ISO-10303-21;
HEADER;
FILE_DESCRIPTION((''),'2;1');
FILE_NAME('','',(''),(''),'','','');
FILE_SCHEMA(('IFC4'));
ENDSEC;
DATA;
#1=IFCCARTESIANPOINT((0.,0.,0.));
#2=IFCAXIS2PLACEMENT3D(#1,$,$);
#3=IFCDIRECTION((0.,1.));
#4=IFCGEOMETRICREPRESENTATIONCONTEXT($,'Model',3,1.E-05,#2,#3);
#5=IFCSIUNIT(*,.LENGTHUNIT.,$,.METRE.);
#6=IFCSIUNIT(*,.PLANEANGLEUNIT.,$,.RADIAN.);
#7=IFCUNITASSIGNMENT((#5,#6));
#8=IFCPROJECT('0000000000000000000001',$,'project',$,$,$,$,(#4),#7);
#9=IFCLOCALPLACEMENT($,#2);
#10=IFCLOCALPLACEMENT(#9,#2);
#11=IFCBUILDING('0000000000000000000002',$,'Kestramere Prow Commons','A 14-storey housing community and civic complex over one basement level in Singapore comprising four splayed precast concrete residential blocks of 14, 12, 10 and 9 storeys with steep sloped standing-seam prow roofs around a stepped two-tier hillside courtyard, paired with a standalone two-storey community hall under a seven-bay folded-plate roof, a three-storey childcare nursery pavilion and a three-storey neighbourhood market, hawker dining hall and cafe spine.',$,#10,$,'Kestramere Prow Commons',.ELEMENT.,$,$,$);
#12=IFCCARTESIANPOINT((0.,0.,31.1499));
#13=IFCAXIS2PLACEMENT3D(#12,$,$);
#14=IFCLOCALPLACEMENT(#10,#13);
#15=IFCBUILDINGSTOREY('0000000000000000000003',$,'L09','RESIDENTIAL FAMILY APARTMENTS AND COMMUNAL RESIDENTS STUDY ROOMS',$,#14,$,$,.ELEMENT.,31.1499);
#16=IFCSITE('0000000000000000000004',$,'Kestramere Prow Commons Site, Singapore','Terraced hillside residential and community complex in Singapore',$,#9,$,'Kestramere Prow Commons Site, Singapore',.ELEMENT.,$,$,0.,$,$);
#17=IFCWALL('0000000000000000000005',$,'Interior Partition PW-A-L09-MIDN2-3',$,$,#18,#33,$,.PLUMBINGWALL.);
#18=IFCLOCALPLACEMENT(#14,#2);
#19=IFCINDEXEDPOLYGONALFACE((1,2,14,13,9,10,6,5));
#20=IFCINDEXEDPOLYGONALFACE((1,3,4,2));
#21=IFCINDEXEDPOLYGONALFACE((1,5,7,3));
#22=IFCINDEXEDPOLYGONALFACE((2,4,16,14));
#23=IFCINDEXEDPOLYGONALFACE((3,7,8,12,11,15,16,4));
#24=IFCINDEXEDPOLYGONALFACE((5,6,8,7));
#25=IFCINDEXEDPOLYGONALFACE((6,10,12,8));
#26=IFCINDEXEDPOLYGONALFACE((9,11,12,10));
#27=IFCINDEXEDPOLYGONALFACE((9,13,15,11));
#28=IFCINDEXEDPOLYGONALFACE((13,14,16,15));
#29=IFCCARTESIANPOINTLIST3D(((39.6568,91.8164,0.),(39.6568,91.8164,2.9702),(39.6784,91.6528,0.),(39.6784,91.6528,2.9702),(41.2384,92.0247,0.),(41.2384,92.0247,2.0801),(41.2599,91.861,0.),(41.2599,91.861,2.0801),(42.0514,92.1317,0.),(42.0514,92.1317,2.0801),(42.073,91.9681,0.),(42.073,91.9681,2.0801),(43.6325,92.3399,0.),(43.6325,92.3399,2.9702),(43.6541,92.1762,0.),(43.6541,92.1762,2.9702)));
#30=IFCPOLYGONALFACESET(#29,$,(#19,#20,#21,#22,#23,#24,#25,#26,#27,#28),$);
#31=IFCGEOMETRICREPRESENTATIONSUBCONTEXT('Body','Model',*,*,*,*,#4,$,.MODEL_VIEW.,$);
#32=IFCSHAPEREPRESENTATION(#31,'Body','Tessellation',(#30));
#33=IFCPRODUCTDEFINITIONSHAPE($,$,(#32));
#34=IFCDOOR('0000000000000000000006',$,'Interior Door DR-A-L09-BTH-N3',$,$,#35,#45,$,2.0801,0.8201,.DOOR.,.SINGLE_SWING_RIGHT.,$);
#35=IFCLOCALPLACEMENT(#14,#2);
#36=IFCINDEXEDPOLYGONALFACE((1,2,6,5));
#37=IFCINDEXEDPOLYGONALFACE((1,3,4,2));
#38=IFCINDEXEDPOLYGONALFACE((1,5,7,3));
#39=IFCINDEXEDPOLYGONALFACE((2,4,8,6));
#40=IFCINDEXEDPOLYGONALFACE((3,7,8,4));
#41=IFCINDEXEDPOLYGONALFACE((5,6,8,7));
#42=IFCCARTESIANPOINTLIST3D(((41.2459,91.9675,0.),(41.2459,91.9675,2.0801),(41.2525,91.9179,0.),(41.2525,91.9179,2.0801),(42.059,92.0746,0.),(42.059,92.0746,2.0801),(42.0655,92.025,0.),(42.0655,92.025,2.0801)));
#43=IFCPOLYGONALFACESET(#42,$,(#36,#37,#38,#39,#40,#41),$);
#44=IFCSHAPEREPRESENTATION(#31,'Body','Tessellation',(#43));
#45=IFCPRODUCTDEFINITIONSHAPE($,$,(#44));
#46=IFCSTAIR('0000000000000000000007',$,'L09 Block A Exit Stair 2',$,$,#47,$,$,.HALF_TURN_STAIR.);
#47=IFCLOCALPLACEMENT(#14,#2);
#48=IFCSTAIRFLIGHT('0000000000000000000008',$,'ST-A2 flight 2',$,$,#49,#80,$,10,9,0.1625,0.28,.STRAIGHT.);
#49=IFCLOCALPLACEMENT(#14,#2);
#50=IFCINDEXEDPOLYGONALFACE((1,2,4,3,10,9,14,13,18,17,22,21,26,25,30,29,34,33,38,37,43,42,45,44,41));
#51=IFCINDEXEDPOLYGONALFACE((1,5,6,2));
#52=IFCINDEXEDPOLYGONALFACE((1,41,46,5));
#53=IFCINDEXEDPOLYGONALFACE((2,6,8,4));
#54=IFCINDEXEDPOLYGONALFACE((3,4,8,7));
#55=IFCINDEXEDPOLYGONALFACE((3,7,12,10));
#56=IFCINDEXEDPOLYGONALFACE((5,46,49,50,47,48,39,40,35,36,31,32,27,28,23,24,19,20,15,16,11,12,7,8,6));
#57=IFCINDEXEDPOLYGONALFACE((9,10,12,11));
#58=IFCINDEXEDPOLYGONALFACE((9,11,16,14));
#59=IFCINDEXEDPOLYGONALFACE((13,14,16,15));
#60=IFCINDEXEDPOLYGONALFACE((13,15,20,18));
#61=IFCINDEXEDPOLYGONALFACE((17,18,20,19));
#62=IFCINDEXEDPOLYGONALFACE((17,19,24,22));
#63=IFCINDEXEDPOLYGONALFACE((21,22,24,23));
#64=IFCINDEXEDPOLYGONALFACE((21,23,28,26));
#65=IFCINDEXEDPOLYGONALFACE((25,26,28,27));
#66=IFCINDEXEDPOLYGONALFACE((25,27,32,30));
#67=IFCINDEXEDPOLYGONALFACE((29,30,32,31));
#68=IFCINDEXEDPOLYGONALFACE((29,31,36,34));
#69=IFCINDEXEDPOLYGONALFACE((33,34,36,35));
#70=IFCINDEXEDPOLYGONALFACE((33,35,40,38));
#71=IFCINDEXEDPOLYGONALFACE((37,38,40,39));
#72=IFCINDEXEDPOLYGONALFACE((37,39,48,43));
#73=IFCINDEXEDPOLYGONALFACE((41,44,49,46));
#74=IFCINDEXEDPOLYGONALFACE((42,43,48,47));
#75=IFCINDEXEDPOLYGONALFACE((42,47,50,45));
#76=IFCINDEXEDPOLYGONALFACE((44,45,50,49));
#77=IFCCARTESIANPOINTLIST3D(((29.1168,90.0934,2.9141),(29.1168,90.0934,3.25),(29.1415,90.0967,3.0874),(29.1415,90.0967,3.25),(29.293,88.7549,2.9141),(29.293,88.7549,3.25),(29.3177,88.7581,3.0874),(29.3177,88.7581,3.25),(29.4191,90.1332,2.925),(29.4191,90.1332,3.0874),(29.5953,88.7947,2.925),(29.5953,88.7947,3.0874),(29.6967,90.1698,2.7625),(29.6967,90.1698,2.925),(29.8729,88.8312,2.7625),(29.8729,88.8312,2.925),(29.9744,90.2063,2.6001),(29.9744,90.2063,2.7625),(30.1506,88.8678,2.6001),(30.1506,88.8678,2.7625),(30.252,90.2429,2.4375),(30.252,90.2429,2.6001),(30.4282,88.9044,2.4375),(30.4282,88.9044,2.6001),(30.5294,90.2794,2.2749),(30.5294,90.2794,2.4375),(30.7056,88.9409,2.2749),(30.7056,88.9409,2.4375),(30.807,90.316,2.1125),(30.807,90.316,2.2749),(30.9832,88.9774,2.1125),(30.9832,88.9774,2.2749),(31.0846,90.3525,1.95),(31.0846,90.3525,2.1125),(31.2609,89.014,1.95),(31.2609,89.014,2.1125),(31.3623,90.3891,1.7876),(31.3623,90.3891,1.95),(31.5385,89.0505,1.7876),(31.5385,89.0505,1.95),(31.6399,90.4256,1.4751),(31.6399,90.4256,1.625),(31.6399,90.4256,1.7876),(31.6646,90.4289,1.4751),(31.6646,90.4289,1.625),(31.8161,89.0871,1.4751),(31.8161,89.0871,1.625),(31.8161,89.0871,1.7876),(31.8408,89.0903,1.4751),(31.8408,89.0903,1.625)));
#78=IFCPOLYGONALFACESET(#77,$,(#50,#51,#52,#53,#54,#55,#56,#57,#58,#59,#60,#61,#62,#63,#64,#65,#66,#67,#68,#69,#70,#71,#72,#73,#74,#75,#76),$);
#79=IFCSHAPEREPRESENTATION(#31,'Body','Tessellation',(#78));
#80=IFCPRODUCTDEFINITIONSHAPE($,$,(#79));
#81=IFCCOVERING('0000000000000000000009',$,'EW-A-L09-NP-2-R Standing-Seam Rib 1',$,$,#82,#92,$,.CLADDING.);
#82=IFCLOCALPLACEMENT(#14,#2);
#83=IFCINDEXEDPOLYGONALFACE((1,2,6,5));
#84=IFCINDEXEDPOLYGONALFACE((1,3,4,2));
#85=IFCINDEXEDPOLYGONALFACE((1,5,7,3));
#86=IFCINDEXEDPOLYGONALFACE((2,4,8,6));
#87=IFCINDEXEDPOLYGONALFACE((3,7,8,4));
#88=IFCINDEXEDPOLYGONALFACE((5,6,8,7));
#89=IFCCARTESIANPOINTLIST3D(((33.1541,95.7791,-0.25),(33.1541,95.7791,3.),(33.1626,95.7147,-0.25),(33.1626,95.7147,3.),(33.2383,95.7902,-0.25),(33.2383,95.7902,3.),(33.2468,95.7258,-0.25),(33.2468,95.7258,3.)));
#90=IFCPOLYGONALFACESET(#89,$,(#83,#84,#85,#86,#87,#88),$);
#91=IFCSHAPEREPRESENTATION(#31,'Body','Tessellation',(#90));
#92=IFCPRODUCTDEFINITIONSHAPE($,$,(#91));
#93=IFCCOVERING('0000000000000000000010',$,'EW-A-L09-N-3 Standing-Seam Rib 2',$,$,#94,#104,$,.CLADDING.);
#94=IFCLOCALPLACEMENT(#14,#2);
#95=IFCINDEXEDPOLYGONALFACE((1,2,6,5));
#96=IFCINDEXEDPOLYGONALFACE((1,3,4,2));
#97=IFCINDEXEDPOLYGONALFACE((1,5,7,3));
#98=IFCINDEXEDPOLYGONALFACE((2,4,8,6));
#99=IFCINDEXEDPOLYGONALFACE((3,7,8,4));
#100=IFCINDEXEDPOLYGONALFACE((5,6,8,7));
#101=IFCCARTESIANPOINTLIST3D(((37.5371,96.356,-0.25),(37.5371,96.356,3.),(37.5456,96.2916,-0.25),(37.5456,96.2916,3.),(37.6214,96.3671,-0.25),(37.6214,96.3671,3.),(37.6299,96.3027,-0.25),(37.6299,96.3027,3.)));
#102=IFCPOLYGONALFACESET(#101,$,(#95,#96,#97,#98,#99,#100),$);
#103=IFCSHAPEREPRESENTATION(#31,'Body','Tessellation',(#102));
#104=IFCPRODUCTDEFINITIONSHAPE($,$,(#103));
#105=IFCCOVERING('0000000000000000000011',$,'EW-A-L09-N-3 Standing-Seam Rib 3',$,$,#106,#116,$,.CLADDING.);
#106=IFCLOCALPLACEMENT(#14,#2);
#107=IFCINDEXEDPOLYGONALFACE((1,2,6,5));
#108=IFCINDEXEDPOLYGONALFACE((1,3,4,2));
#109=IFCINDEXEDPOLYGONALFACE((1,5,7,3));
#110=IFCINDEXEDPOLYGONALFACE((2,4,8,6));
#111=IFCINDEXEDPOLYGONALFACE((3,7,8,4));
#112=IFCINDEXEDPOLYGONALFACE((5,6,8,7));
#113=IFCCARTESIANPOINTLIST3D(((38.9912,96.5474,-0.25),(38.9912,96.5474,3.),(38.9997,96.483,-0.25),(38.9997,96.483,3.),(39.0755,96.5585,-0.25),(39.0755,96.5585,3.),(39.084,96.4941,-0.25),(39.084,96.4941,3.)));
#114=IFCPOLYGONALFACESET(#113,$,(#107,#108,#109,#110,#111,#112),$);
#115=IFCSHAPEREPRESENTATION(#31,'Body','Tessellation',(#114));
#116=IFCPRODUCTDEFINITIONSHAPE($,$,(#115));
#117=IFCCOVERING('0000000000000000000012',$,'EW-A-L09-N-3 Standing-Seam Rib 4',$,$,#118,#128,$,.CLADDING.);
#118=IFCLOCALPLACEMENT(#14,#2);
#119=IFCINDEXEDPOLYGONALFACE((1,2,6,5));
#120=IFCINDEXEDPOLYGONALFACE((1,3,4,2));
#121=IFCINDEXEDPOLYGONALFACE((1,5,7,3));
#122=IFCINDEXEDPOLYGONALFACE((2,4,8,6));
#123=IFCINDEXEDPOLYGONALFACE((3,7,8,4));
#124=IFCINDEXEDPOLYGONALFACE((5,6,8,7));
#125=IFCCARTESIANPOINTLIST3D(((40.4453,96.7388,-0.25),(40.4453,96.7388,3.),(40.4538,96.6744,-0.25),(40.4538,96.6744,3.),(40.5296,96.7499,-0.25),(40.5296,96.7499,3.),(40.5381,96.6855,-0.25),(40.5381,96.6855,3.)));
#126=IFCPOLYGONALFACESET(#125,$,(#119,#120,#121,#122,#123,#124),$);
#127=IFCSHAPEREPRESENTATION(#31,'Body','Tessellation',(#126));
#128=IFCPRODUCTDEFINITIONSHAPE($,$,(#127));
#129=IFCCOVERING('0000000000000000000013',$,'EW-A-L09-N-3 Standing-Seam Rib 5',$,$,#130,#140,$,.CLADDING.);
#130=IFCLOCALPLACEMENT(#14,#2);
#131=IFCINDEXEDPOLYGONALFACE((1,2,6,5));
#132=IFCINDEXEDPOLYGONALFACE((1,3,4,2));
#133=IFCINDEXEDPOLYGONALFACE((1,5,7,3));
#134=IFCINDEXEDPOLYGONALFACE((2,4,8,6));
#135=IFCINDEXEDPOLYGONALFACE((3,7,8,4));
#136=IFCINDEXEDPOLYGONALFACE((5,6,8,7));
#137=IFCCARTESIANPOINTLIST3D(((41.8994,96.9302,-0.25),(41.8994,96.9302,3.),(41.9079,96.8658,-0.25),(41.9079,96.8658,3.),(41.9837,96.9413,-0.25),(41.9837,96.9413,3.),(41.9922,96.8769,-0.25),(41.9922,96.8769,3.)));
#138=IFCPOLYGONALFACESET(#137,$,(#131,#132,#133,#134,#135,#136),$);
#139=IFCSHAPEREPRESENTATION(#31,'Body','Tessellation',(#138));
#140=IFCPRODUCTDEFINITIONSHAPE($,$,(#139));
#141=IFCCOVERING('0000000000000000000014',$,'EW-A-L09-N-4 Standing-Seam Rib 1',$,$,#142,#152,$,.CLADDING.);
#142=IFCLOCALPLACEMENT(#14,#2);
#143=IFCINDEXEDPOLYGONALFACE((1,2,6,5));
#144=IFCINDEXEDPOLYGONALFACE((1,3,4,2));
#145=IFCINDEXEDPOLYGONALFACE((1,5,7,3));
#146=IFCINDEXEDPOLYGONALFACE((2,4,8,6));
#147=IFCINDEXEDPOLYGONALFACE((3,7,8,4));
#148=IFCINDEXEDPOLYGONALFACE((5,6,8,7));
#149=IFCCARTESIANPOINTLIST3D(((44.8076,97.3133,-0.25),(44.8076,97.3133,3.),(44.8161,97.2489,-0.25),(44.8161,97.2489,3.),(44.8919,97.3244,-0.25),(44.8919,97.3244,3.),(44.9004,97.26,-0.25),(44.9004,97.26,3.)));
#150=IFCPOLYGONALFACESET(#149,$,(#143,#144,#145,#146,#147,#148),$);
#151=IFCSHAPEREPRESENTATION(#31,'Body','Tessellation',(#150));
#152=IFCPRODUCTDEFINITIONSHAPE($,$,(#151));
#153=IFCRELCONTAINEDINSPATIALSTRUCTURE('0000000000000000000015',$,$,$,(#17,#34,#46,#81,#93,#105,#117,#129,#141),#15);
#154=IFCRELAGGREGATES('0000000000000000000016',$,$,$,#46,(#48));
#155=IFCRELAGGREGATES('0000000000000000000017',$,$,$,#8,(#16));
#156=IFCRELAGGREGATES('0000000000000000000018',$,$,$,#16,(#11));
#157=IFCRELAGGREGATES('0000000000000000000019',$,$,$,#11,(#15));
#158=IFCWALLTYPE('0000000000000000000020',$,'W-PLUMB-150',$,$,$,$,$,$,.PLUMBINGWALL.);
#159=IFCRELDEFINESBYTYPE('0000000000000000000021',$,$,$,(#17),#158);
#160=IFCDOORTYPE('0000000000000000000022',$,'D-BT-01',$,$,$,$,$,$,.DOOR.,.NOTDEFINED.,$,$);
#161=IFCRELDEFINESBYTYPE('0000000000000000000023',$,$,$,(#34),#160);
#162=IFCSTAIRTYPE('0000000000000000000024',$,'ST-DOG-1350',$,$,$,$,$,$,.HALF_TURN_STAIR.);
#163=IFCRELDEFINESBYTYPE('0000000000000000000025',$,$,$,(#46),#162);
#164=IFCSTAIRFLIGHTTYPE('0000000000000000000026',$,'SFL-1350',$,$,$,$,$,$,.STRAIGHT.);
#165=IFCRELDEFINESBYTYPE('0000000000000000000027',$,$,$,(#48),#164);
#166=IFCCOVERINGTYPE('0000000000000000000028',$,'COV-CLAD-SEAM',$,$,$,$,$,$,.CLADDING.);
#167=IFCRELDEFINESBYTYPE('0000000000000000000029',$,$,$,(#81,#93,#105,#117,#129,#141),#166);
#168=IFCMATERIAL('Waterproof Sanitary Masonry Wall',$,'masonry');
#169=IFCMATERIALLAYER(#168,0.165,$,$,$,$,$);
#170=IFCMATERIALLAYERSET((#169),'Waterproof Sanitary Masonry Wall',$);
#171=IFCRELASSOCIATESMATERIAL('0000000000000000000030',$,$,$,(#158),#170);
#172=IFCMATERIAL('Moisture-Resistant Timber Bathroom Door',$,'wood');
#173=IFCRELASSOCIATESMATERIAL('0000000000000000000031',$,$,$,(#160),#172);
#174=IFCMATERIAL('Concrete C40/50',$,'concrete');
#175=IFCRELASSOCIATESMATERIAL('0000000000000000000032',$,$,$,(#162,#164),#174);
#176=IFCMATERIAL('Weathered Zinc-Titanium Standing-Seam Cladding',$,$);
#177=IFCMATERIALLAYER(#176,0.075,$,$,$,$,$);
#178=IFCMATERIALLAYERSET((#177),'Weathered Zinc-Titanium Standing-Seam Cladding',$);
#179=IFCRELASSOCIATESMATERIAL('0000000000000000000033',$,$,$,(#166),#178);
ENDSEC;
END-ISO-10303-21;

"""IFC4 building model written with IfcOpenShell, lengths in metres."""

from ifc_helpers import new_model, si_unit, direction, frame, frame_2d, origin, origin_2d, place, context, subcontext, project, spatial, polyline, rectangle, outline, extrude, material, layer, layer_set, type_object, element, fill, aggregate, save


model = new_model("IFC4")

# Units and contexts
model_context = context("Model", 3, precision=1e-05, world=origin(), true_north=direction((0.0, 1.0)))
body_context = subcontext(model_context, "Body", "Model", "MODEL_VIEW")
ifc_project = project(units=[si_unit("LENGTHUNIT", "METRE"), si_unit("PLANEANGLEUNIT", "RADIAN")], contexts=[model_context])

# Site, building, storey
site_placement = place(None, origin())
site = spatial("IfcSite", under=ifc_project, at=site_placement, Name="Kestramere Prow Commons Site, Singapore", Description="Terraced hillside residential and community complex in Singapore", LongName="Kestramere Prow Commons Site, Singapore", CompositionType="ELEMENT", RefElevation=0.0)
building_placement = place(site_placement, origin())
building = spatial("IfcBuilding", under=site, at=building_placement, Name="Kestramere Prow Commons", Description="A 14-storey housing community and civic complex over one basement level in Singapore comprising four splayed precast concrete residential blocks of 14, 12, 10 and 9 storeys with steep sloped standing-seam prow roofs around a stepped two-tier hillside courtyard, paired with a standalone two-storey community hall under a seven-bay folded-plate roof, a three-storey childcare nursery pavilion and a three-storey neighbourhood market, hawker dining hall and cafe spine.", LongName="Kestramere Prow Commons", CompositionType="ELEMENT")
storey_placement = place(building_placement, frame((0.0, 0.0, 31.1499)))
storey = spatial("IfcBuildingStorey", under=building, at=storey_placement, Name="L09", Description="RESIDENTIAL FAMILY APARTMENTS AND COMMUNAL RESIDENTS STUDY ROOMS", CompositionType="ELEMENT", Elevation=31.1499)

# Wall, opening, door
ifc_material_1 = material(Name="Waterproof Sanitary Masonry Wall", Category="masonry")
ifc_layer_1 = layer(ifc_material_1, 0.165)
ifc_layer_set_1 = layer_set([ifc_layer_1], Name="Waterproof Sanitary Masonry Wall")
wall_type_1 = type_object("IfcWallType", Name="W-PLUMB-150", PredefinedType="PLUMBINGWALL", material=ifc_layer_set_1)
wall_1_placement = place(storey_placement, frame((39.6677, 91.7346, 0.0), z_axis=(0.0, 0.0, 1.0), x_axis=(0.991444, 0.130536, 0.0)))
wall_1 = element("IfcWall", 1, at=wall_1_placement, inside=storey, type_object=wall_type_1, Name="Interior Partition PW-A-L09-MIDN2-3", PredefinedType="PLUMBINGWALL", context=body_context, shape_type="SweptSolid", body=[
    extrude(rectangle(XDim=4.01, YDim=0.165, at=frame_2d((2.0049, 0.0))), origin(), (0.0, 0.0, 1.0), 2.9702),
])
opening_1_placement = place(wall_1_placement, frame((1.595, 0.0, 0.0)))
opening_1 = element("IfcOpeningElement", 2, at=opening_1_placement, cuts=wall_1, PredefinedType="OPENING", context=body_context, shape_type="SweptSolid", body=[
    extrude(rectangle(XDim=0.8201, YDim=2.0801, at=frame_2d((0.4102, 1.04))), frame((0.0, 0.0974, 0.0), z_axis=(0.0, -1.0, 0.0), x_axis=(1.0, 0.0, 0.0)), (0.0, 0.0, 1.0), 0.1951),
])
ifc_material_2 = material(Name="Moisture-Resistant Timber Bathroom Door", Category="wood")
door_type_1 = type_object("IfcDoorType", Name="D-BT-01", OperationType="NOTDEFINED", PredefinedType="DOOR", material=ifc_material_2)
door_1_placement = place(opening_1_placement, origin())
door_1 = element("IfcDoor", 3, at=door_1_placement, inside=storey, type_object=door_type_1, Name="Interior Door DR-A-L09-BTH-N3", OperationType="SINGLE_SWING_RIGHT", OverallHeight=2.0801, OverallWidth=0.8201, PredefinedType="DOOR", context=body_context, shape_type="SweptSolid", body=[
    extrude(rectangle(XDim=0.8201, YDim=2.0801, at=frame_2d((0.4102, 1.04))), frame((0.0, 0.0249, 0.0), z_axis=(0.0, -1.0, 0.0), x_axis=(1.0, 0.0, 0.0)), (0.0, 0.0, 1.0), 0.05),
])
fill(opening_1, door_1)

# Stair, stair flight
ifc_material_3 = material(Name="Concrete C40/50", Category="concrete")
stair_type = type_object("IfcStairType", Name="ST-DOG-1350", PredefinedType="HALF_TURN_STAIR", material=ifc_material_3)
stair_placement = place(storey_placement, origin())
stair = element("IfcStair", 4, at=stair_placement, inside=storey, type_object=stair_type, Name="L09 Block A Exit Stair 2", PredefinedType="HALF_TURN_STAIR")
stair_flight_type = type_object("IfcStairFlightType", Name="SFL-1350", PredefinedType="STRAIGHT", material=ifc_material_3)
stair_flight_placement = place(storey_placement, frame((31.728, 89.7563, 1.625), z_axis=(0.0, 0.0, 1.0), x_axis=(-0.991445, -0.130526, 0.0)))
stair_flight = element("IfcStairFlight", 5, at=stair_flight_placement, type_object=stair_flight_type, Name="ST-A2 flight 2", NumberOfRisers=10, NumberOfTreads=9, PredefinedType="STRAIGHT", RiserHeight=0.1625, TreadLength=0.28, context=body_context, shape_type="SweptSolid", body=[
    extrude(outline(polyline([(-0.0249, 0.0), (0.0, 0.0), (0.0, 0.1626), (0.28, 0.1626), (0.28, 0.325), (0.5601, 0.325), (0.5601, 0.4875), (0.8401, 0.4875), (0.8401, 0.6499), (1.1201, 0.6499), (1.1201, 0.8125), (1.3999, 0.8125), (1.3999, 0.9751), (1.6799, 0.9751), (1.6799, 1.1375), (1.96, 1.1375), (1.96, 1.3), (2.24, 1.3), (2.24, 1.4624), (2.52, 1.4624), (2.52, 1.625), (2.5449, 1.625), (2.5449, 1.2891), (0.0, -0.1499), (-0.0249, -0.1499), (-0.0249, 0.0)])), frame((0.0, 0.675, 0.0), z_axis=(0.0, -1.0, 0.0), x_axis=(1.0, 0.0, 0.0)), (0.0, 0.0, 1.0), 1.3501),
])
aggregate(stair, [stair_flight])

# Coverings
ifc_material_4 = material(Name="Weathered Zinc-Titanium Standing-Seam Cladding")
ifc_layer_2 = layer(ifc_material_4, 0.075)
ifc_layer_set_2 = layer_set([ifc_layer_2], Name="Weathered Zinc-Titanium Standing-Seam Cladding")
covering_type = type_object("IfcCoveringType", Name="COV-CLAD-SEAM", PredefinedType="CLADDING", material=ifc_layer_set_2)
for number, where, z_axis, x_axis, name in (
    (6, (33.2004, 95.7524, -0.25), (0.0, 0.0, 1.0), (0.991445, 0.130526, 0.0), "EW-A-L09-NP-2-R Standing-Seam Rib 1"),
    (7, (37.5835, 96.3293, -0.25), (0.0, 0.0, 1.0), (0.991445, 0.130526, 0.0), "EW-A-L09-N-3 Standing-Seam Rib 2"),
    (8, (39.0376, 96.5208, -0.25), (0.0, 0.0, 1.0), (0.991445, 0.130526, 0.0), "EW-A-L09-N-3 Standing-Seam Rib 3"),
    (9, (40.4917, 96.7122, -0.25), (0.0, 0.0, 1.0), (0.991445, 0.130526, 0.0), "EW-A-L09-N-3 Standing-Seam Rib 4"),
    (10, (41.9458, 96.9036, -0.25), (0.0, 0.0, 1.0), (0.991445, 0.130526, 0.0), "EW-A-L09-N-3 Standing-Seam Rib 5"),
    (11, (44.854, 97.2866, -0.25), (0.0, 0.0, 1.0), (0.991445, 0.130526, 0.0), "EW-A-L09-N-4 Standing-Seam Rib 1"),
):
    element("IfcCovering", number, at=place(storey_placement, frame(where, z_axis=z_axis, x_axis=x_axis)), inside=storey, type_object=covering_type, Name=name, PredefinedType="CLADDING", context=body_context, shape_type="SweptSolid", body=[
        extrude(rectangle(XDim=0.085, YDim=0.0649, at=origin_2d()), origin(), (0.0, 0.0, 1.0), 3.25),
    ])

save(model, "model.ifc")
